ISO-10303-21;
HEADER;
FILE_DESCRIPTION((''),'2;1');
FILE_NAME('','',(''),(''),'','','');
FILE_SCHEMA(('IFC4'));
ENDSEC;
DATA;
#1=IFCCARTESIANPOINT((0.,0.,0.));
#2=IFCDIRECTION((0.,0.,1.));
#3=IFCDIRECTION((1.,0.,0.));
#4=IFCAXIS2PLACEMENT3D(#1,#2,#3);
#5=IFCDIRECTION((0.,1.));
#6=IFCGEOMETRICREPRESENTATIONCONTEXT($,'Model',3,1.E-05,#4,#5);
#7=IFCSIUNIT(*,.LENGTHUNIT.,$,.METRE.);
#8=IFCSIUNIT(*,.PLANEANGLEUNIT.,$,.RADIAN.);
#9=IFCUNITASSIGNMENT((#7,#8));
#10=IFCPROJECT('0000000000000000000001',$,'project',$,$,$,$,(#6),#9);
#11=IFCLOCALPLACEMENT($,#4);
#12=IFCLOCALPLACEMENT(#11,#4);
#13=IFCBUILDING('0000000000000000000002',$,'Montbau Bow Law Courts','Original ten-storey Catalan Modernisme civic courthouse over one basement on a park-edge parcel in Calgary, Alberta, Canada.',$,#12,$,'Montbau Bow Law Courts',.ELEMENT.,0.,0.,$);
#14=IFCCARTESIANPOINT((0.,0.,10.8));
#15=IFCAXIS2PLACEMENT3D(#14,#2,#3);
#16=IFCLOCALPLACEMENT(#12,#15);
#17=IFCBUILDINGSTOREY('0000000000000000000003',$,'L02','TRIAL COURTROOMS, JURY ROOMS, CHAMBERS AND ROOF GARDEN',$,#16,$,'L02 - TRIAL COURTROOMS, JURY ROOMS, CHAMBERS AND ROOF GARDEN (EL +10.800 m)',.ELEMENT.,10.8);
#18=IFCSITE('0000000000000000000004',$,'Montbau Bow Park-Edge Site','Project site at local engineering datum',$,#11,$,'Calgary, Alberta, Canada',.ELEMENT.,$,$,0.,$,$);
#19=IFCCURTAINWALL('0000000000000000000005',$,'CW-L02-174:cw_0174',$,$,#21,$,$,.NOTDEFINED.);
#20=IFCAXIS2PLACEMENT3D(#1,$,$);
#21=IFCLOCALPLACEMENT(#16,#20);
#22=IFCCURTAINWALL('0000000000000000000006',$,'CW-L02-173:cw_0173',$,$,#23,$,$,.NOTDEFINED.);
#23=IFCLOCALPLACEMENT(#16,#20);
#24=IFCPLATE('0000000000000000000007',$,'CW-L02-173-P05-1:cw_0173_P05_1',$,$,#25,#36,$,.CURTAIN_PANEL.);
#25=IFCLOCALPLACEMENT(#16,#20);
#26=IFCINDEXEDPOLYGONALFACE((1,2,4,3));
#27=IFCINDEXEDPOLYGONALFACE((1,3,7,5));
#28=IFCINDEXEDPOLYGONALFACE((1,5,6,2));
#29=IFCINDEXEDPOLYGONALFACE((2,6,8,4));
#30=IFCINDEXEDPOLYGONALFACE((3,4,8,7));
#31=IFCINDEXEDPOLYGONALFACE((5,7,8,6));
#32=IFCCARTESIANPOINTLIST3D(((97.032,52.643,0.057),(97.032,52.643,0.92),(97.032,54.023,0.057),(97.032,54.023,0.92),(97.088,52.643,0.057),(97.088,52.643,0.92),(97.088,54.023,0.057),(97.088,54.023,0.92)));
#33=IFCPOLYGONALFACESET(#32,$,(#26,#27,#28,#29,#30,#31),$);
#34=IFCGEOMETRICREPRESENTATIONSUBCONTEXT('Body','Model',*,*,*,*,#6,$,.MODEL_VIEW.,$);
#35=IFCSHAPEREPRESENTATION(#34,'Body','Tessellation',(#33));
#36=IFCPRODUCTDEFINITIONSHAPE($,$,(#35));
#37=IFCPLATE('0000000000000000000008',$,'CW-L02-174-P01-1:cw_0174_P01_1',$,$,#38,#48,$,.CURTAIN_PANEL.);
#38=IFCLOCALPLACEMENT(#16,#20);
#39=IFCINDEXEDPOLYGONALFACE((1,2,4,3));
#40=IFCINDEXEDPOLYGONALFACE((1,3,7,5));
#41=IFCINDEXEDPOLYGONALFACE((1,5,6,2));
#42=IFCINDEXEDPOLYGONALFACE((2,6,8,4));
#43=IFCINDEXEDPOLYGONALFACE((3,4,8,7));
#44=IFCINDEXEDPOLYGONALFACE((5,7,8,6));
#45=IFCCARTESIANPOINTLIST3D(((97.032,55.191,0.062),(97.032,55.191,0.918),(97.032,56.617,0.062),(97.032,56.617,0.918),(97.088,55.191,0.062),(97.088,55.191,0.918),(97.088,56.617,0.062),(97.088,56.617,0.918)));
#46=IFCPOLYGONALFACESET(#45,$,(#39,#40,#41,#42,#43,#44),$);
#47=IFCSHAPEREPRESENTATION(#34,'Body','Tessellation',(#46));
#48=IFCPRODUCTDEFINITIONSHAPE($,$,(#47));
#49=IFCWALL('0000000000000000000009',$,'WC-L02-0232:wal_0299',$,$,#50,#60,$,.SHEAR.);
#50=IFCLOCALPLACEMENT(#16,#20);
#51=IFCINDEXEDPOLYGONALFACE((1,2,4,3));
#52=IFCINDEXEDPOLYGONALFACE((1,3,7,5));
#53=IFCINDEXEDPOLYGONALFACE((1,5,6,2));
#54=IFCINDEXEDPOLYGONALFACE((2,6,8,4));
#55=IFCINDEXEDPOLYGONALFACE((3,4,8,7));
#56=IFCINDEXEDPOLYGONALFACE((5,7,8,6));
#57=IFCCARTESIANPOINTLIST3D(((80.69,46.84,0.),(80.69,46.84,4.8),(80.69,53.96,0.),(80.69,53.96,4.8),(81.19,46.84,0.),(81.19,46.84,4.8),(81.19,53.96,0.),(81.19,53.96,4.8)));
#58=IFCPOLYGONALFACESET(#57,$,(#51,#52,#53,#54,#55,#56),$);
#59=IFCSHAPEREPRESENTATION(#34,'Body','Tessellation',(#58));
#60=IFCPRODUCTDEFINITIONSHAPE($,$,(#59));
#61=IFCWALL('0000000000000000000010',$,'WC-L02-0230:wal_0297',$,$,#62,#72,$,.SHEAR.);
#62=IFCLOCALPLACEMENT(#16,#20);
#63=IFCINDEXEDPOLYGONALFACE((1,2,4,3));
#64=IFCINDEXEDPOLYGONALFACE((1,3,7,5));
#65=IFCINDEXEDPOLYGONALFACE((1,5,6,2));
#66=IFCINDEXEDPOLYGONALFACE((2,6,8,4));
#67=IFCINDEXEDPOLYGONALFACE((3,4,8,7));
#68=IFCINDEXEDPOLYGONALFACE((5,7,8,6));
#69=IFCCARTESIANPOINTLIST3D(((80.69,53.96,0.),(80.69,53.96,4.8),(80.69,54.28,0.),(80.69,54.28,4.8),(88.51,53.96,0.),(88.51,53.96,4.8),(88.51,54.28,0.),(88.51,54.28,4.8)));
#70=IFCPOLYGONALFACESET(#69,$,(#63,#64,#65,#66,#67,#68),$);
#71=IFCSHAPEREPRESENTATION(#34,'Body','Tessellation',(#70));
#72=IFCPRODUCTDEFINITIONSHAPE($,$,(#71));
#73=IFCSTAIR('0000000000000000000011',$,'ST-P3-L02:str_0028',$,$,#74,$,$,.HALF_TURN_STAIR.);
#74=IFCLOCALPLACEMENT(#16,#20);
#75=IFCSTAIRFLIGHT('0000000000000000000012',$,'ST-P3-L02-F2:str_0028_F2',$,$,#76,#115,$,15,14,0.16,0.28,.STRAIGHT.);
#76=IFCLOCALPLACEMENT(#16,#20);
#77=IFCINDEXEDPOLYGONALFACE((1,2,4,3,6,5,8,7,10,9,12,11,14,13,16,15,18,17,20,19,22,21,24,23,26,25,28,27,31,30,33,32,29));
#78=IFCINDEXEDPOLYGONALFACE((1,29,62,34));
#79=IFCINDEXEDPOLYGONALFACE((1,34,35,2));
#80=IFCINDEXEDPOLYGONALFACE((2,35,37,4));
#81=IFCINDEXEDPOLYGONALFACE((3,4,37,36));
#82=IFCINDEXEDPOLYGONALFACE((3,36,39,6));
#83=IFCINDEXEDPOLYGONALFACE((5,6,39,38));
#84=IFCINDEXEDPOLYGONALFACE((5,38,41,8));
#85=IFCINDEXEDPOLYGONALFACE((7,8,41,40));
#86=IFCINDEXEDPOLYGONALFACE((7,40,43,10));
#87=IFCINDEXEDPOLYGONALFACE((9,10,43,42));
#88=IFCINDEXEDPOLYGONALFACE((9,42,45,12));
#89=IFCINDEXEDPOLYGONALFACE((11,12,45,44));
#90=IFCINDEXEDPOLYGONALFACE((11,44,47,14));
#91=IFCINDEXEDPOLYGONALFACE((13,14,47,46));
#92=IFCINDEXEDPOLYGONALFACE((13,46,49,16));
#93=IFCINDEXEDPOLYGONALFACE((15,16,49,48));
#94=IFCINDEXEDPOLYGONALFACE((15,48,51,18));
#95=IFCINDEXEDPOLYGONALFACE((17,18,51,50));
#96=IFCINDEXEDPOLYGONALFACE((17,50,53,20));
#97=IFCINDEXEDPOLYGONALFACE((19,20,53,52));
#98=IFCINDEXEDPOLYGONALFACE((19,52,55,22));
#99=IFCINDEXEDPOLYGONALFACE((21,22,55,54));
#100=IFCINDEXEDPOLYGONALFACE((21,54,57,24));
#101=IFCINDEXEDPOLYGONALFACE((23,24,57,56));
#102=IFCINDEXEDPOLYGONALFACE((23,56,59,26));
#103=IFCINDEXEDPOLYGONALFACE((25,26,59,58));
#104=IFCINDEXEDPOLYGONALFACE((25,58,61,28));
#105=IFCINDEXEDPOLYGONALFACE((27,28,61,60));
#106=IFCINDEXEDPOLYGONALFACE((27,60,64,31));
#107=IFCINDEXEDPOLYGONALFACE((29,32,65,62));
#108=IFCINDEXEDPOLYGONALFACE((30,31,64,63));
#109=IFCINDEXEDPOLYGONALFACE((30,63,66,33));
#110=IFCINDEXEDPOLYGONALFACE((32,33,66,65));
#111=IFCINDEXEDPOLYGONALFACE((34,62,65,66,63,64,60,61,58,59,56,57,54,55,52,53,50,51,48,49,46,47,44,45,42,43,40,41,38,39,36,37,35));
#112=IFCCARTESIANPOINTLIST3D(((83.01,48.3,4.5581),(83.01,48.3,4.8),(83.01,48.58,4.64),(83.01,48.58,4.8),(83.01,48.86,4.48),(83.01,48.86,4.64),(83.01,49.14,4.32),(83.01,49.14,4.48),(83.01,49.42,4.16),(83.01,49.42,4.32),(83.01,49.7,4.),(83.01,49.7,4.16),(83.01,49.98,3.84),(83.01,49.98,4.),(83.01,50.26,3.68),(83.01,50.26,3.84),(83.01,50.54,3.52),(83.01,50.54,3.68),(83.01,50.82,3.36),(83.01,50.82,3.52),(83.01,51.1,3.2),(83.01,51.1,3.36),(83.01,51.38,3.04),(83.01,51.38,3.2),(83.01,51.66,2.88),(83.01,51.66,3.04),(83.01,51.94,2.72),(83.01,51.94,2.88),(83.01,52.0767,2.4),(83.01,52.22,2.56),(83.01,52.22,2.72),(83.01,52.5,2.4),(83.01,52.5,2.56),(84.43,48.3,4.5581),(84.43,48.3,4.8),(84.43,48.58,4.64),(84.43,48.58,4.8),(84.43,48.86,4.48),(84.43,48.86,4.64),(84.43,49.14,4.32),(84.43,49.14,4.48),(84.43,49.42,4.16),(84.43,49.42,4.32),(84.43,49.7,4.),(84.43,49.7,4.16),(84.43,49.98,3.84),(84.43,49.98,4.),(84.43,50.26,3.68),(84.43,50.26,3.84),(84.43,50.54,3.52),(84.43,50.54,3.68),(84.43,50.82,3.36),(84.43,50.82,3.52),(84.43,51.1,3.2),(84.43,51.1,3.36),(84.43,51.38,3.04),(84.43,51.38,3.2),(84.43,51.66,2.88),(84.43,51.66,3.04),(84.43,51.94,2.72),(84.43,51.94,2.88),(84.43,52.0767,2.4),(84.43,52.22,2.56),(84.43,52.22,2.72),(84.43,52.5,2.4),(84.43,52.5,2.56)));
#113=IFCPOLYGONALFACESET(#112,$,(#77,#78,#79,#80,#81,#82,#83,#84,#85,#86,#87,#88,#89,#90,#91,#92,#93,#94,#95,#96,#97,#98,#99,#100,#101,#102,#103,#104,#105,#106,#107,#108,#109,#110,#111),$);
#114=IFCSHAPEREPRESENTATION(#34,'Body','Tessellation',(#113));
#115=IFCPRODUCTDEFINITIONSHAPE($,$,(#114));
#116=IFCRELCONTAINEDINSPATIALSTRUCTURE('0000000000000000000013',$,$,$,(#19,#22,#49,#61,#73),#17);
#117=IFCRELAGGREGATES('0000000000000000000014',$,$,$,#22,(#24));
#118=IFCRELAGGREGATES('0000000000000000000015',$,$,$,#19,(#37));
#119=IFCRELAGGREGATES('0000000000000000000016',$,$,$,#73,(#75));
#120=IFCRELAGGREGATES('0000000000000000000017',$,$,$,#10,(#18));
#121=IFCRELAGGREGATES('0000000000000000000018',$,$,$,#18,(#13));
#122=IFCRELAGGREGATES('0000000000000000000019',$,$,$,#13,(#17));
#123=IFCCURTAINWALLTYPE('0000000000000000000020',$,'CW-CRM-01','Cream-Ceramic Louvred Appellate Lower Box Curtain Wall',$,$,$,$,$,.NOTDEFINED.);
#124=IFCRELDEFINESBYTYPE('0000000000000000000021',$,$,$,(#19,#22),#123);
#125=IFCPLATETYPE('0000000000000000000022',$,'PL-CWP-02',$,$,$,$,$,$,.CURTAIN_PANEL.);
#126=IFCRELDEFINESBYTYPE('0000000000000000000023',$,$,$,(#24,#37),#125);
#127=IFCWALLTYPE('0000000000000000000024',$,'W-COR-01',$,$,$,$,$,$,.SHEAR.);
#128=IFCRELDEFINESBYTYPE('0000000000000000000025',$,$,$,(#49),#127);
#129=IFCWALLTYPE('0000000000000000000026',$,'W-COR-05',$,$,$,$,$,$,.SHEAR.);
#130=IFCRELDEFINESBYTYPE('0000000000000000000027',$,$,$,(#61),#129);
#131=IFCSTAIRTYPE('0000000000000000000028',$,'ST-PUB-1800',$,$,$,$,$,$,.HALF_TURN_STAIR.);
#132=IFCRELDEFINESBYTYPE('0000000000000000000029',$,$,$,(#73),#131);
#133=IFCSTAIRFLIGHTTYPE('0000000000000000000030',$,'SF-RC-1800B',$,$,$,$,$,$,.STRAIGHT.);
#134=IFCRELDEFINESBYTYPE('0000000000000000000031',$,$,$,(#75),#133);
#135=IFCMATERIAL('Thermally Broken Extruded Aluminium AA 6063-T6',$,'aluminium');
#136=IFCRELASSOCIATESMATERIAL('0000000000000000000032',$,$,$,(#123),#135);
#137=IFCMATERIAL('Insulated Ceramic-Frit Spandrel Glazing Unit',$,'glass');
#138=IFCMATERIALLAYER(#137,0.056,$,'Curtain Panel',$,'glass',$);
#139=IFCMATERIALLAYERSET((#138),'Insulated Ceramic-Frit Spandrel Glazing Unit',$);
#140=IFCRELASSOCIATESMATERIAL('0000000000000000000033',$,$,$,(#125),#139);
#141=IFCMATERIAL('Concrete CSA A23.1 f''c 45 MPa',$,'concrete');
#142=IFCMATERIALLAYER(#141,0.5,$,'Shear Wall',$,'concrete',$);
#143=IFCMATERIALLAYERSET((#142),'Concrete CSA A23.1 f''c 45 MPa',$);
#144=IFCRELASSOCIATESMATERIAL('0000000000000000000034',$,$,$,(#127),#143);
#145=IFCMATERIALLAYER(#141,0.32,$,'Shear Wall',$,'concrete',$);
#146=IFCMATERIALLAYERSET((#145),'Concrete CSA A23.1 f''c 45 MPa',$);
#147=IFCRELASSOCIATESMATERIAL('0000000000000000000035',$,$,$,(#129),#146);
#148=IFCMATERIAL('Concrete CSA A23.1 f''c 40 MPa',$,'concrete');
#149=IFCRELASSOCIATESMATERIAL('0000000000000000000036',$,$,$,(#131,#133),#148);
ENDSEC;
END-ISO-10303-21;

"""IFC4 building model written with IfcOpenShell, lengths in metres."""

from ifc_helpers import new_model, si_unit, direction, frame, frame_2d, origin_with_axes, place, context, subcontext, project, spatial, polyline, rectangle, outline, extrude, material, layer, layer_set, type_object, element, aggregate, save


model = new_model("IFC4")

# Units and contexts
model_context = context("Model", 3, precision=1e-05, world=origin_with_axes(), true_north=direction((0.0, 1.0)))
body_context = subcontext(model_context, "Body", "Model", "MODEL_VIEW")
ifc_project = project(units=[si_unit("LENGTHUNIT", "METRE"), si_unit("PLANEANGLEUNIT", "RADIAN")], contexts=[model_context])

# Site, building, storey
site_placement = place(None, origin_with_axes())
site = spatial("IfcSite", under=ifc_project, at=site_placement, Name="Montbau Bow Park-Edge Site", Description="Project site at local engineering datum", LongName="Calgary, Alberta, Canada", CompositionType="ELEMENT", RefElevation=0.0)
building_placement = place(site_placement, origin_with_axes())
building = spatial("IfcBuilding", under=site, at=building_placement, Name="Montbau Bow Law Courts", Description="Original ten-storey Catalan Modernisme civic courthouse over one basement on a park-edge parcel in Calgary, Alberta, Canada.", LongName="Montbau Bow Law Courts", CompositionType="ELEMENT", ElevationOfRefHeight=0.0, ElevationOfTerrain=0.0)
storey_placement = place(building_placement, frame((0.0, 0.0, 10.8), z_axis=(0.0, 0.0, 1.0), x_axis=(1.0, 0.0, 0.0)))
storey = spatial("IfcBuildingStorey", under=building, at=storey_placement, Name="L02", Description="TRIAL COURTROOMS, JURY ROOMS, CHAMBERS AND ROOF GARDEN", LongName="L02 - TRIAL COURTROOMS, JURY ROOMS, CHAMBERS AND ROOF GARDEN (EL +10.800 m)", CompositionType="ELEMENT", Elevation=10.8)

# Curtain wall
ifc_material_1 = material(Name="Thermally Broken Extruded Aluminium AA 6063-T6", Category="aluminium")
curtain_wall_type = type_object("IfcCurtainWallType", Name="CW-CRM-01", Description="Cream-Ceramic Louvred Appellate Lower Box Curtain Wall", PredefinedType="NOTDEFINED", material=ifc_material_1)
curtain_wall_1_placement = place(None, frame((97.06, 55.115, 10.8), z_axis=(0.0, 0.0, 1.0), x_axis=(1.0, 0.0, 0.0)))
curtain_wall_1 = element("IfcCurtainWall", 1, at=curtain_wall_1_placement, inside=storey, type_object=curtain_wall_type, Name="CW-L02-174:cw_0174", PredefinedType="NOTDEFINED")

# Curtain wall
curtain_wall_2_placement = place(None, frame((97.06, 46.715, 10.8), z_axis=(0.0, 0.0, 1.0), x_axis=(1.0, 0.0, 0.0)))
curtain_wall_2 = element("IfcCurtainWall", 2, at=curtain_wall_2_placement, inside=storey, type_object=curtain_wall_type, Name="CW-L02-173:cw_0173", PredefinedType="NOTDEFINED")

# Plates
ifc_material_2 = material(Name="Insulated Ceramic-Frit Spandrel Glazing Unit", Category="glass")
ifc_layer_1 = layer(ifc_material_2, 0.056, Name="Curtain Panel", Category="glass")
ifc_layer_set_1 = layer_set([ifc_layer_1], Name="Insulated Ceramic-Frit Spandrel Glazing Unit")
plate_type_1 = type_object("IfcPlateType", Name="PL-CWP-02", PredefinedType="CURTAIN_PANEL", material=ifc_layer_set_1)
plate_1_placement = place(None, frame((97.06, 52.643, 10.857), z_axis=(1.0, 0.0, 0.0), x_axis=(0.0, 1.0, 0.0)))
plate_1 = element("IfcPlate", 3, at=plate_1_placement, type_object=plate_type_1, Name="CW-L02-173-P05-1:cw_0173_P05_1", PredefinedType="CURTAIN_PANEL", context=body_context, shape_type="SweptSolid", body=[
    extrude(rectangle(XDim=1.38, YDim=0.863, at=frame_2d((0.69, 0.4315), x_axis=(1.0, 0.0))), frame((0.0, 0.0, -0.028), z_axis=(0.0, 0.0, 1.0), x_axis=(1.0, 0.0, 0.0)), (0.0, 0.0, 1.0), 0.056),
])
aggregate(curtain_wall_2, [plate_1])
plate_2_placement = place(None, frame((97.06, 55.191, 10.862), z_axis=(1.0, 0.0, 0.0), x_axis=(0.0, 1.0, 0.0)))
plate_2 = element("IfcPlate", 4, at=plate_2_placement, type_object=plate_type_1, Name="CW-L02-174-P01-1:cw_0174_P01_1", PredefinedType="CURTAIN_PANEL", context=body_context, shape_type="SweptSolid", body=[
    extrude(rectangle(XDim=1.426, YDim=0.856, at=frame_2d((0.713, 0.428), x_axis=(1.0, 0.0))), frame((0.0, 0.0, -0.028), z_axis=(0.0, 0.0, 1.0), x_axis=(1.0, 0.0, 0.0)), (0.0, 0.0, 1.0), 0.056),
])
aggregate(curtain_wall_1, [plate_2])

# Walls
ifc_material_3 = material(Name="Concrete CSA A23.1 f'c 45 MPa", Category="concrete")
ifc_layer_2 = layer(ifc_material_3, 0.5, Name="Shear Wall", Category="concrete")
ifc_layer_set_2 = layer_set([ifc_layer_2], Name="Concrete CSA A23.1 f'c 45 MPa")
wall_type_1 = type_object("IfcWallType", Name="W-COR-01", PredefinedType="SHEAR", material=ifc_layer_set_2)
wall_1_placement = place(None, frame((80.94, 53.96, 10.8), z_axis=(0.0, 0.0, 1.0), x_axis=(0.0, -1.0, 0.0)))
element("IfcWall", 5, at=wall_1_placement, inside=storey, type_object=wall_type_1, Name="WC-L02-0232:wal_0299", PredefinedType="SHEAR", context=body_context, shape_type="SweptSolid", body=[
    extrude(rectangle(XDim=7.12, YDim=0.5, at=frame_2d((3.56, 0.0), x_axis=(1.0, 0.0))), origin_with_axes(), (0.0, 0.0, 1.0), 4.8),
])
ifc_layer_3 = layer(ifc_material_3, 0.32, Name="Shear Wall", Category="concrete")
ifc_layer_set_3 = layer_set([ifc_layer_3], Name="Concrete CSA A23.1 f'c 45 MPa")
wall_type_2 = type_object("IfcWallType", Name="W-COR-05", PredefinedType="SHEAR", material=ifc_layer_set_3)
wall_2_placement = place(None, frame((88.51, 54.12, 10.8), z_axis=(0.0, 0.0, 1.0), x_axis=(-1.0, 0.0, 0.0)))
element("IfcWall", 6, at=wall_2_placement, inside=storey, type_object=wall_type_2, Name="WC-L02-0230:wal_0297", PredefinedType="SHEAR", context=body_context, shape_type="SweptSolid", body=[
    extrude(rectangle(XDim=7.82, YDim=0.32, at=frame_2d((3.91, 0.0), x_axis=(1.0, 0.0))), origin_with_axes(), (0.0, 0.0, 1.0), 4.8),
])

# Stair, stair flight
ifc_material_4 = material(Name="Concrete CSA A23.1 f'c 40 MPa", Category="concrete")
stair_type = type_object("IfcStairType", Name="ST-PUB-1800", PredefinedType="HALF_TURN_STAIR", material=ifc_material_4)
stair_placement = place(None, frame((81.93, 48.3, 10.8), z_axis=(0.0, 0.0, 1.0), x_axis=(1.0, 0.0, 0.0)))
stair = element("IfcStair", 7, at=stair_placement, inside=storey, type_object=stair_type, Name="ST-P3-L02:str_0028", PredefinedType="HALF_TURN_STAIR")
stair_flight_type = type_object("IfcStairFlightType", Name="SF-RC-1800B", PredefinedType="STRAIGHT", material=ifc_material_4)
stair_flight_placement = place(None, frame((83.72, 52.5, 13.2), z_axis=(0.0, 0.0, 1.0), x_axis=(0.0, -1.0, 0.0)))
stair_flight = element("IfcStairFlight", 8, at=stair_flight_placement, type_object=stair_flight_type, Name="ST-P3-L02-F2:str_0028_F2", NumberOfRisers=15, NumberOfTreads=14, PredefinedType="STRAIGHT", RiserHeight=0.16, TreadLength=0.28, context=body_context, shape_type="SweptSolid", body=[
    extrude(outline(polyline([(0.0, 0.0), (0.0, 0.16), (0.28, 0.16), (0.28, 0.32), (0.56, 0.32), (0.56, 0.48), (0.84, 0.48), (0.84, 0.64), (1.12, 0.64), (1.12, 0.8), (1.4, 0.8), (1.4, 0.96), (1.68, 0.96), (1.68, 1.12), (1.96, 1.12), (1.96, 1.28), (2.24, 1.28), (2.24, 1.44), (2.52, 1.44), (2.52, 1.6), (2.8, 1.6), (2.8, 1.76), (3.08, 1.76), (3.08, 1.92), (3.36, 1.92), (3.36, 2.08), (3.64, 2.08), (3.64, 2.24), (3.92, 2.24), (3.92, 2.4), (4.2, 2.4), (4.2, 2.1581), (0.4233, 0.0), (0.0, 0.0)])), frame((0.0, 0.71, 0.0), z_axis=(0.0, -1.0, 0.0), x_axis=(1.0, 0.0, 0.0)), (0.0, 0.0, 1.0), 1.42),
])
aggregate(stair, [stair_flight])

save(model, "model.ifc")
